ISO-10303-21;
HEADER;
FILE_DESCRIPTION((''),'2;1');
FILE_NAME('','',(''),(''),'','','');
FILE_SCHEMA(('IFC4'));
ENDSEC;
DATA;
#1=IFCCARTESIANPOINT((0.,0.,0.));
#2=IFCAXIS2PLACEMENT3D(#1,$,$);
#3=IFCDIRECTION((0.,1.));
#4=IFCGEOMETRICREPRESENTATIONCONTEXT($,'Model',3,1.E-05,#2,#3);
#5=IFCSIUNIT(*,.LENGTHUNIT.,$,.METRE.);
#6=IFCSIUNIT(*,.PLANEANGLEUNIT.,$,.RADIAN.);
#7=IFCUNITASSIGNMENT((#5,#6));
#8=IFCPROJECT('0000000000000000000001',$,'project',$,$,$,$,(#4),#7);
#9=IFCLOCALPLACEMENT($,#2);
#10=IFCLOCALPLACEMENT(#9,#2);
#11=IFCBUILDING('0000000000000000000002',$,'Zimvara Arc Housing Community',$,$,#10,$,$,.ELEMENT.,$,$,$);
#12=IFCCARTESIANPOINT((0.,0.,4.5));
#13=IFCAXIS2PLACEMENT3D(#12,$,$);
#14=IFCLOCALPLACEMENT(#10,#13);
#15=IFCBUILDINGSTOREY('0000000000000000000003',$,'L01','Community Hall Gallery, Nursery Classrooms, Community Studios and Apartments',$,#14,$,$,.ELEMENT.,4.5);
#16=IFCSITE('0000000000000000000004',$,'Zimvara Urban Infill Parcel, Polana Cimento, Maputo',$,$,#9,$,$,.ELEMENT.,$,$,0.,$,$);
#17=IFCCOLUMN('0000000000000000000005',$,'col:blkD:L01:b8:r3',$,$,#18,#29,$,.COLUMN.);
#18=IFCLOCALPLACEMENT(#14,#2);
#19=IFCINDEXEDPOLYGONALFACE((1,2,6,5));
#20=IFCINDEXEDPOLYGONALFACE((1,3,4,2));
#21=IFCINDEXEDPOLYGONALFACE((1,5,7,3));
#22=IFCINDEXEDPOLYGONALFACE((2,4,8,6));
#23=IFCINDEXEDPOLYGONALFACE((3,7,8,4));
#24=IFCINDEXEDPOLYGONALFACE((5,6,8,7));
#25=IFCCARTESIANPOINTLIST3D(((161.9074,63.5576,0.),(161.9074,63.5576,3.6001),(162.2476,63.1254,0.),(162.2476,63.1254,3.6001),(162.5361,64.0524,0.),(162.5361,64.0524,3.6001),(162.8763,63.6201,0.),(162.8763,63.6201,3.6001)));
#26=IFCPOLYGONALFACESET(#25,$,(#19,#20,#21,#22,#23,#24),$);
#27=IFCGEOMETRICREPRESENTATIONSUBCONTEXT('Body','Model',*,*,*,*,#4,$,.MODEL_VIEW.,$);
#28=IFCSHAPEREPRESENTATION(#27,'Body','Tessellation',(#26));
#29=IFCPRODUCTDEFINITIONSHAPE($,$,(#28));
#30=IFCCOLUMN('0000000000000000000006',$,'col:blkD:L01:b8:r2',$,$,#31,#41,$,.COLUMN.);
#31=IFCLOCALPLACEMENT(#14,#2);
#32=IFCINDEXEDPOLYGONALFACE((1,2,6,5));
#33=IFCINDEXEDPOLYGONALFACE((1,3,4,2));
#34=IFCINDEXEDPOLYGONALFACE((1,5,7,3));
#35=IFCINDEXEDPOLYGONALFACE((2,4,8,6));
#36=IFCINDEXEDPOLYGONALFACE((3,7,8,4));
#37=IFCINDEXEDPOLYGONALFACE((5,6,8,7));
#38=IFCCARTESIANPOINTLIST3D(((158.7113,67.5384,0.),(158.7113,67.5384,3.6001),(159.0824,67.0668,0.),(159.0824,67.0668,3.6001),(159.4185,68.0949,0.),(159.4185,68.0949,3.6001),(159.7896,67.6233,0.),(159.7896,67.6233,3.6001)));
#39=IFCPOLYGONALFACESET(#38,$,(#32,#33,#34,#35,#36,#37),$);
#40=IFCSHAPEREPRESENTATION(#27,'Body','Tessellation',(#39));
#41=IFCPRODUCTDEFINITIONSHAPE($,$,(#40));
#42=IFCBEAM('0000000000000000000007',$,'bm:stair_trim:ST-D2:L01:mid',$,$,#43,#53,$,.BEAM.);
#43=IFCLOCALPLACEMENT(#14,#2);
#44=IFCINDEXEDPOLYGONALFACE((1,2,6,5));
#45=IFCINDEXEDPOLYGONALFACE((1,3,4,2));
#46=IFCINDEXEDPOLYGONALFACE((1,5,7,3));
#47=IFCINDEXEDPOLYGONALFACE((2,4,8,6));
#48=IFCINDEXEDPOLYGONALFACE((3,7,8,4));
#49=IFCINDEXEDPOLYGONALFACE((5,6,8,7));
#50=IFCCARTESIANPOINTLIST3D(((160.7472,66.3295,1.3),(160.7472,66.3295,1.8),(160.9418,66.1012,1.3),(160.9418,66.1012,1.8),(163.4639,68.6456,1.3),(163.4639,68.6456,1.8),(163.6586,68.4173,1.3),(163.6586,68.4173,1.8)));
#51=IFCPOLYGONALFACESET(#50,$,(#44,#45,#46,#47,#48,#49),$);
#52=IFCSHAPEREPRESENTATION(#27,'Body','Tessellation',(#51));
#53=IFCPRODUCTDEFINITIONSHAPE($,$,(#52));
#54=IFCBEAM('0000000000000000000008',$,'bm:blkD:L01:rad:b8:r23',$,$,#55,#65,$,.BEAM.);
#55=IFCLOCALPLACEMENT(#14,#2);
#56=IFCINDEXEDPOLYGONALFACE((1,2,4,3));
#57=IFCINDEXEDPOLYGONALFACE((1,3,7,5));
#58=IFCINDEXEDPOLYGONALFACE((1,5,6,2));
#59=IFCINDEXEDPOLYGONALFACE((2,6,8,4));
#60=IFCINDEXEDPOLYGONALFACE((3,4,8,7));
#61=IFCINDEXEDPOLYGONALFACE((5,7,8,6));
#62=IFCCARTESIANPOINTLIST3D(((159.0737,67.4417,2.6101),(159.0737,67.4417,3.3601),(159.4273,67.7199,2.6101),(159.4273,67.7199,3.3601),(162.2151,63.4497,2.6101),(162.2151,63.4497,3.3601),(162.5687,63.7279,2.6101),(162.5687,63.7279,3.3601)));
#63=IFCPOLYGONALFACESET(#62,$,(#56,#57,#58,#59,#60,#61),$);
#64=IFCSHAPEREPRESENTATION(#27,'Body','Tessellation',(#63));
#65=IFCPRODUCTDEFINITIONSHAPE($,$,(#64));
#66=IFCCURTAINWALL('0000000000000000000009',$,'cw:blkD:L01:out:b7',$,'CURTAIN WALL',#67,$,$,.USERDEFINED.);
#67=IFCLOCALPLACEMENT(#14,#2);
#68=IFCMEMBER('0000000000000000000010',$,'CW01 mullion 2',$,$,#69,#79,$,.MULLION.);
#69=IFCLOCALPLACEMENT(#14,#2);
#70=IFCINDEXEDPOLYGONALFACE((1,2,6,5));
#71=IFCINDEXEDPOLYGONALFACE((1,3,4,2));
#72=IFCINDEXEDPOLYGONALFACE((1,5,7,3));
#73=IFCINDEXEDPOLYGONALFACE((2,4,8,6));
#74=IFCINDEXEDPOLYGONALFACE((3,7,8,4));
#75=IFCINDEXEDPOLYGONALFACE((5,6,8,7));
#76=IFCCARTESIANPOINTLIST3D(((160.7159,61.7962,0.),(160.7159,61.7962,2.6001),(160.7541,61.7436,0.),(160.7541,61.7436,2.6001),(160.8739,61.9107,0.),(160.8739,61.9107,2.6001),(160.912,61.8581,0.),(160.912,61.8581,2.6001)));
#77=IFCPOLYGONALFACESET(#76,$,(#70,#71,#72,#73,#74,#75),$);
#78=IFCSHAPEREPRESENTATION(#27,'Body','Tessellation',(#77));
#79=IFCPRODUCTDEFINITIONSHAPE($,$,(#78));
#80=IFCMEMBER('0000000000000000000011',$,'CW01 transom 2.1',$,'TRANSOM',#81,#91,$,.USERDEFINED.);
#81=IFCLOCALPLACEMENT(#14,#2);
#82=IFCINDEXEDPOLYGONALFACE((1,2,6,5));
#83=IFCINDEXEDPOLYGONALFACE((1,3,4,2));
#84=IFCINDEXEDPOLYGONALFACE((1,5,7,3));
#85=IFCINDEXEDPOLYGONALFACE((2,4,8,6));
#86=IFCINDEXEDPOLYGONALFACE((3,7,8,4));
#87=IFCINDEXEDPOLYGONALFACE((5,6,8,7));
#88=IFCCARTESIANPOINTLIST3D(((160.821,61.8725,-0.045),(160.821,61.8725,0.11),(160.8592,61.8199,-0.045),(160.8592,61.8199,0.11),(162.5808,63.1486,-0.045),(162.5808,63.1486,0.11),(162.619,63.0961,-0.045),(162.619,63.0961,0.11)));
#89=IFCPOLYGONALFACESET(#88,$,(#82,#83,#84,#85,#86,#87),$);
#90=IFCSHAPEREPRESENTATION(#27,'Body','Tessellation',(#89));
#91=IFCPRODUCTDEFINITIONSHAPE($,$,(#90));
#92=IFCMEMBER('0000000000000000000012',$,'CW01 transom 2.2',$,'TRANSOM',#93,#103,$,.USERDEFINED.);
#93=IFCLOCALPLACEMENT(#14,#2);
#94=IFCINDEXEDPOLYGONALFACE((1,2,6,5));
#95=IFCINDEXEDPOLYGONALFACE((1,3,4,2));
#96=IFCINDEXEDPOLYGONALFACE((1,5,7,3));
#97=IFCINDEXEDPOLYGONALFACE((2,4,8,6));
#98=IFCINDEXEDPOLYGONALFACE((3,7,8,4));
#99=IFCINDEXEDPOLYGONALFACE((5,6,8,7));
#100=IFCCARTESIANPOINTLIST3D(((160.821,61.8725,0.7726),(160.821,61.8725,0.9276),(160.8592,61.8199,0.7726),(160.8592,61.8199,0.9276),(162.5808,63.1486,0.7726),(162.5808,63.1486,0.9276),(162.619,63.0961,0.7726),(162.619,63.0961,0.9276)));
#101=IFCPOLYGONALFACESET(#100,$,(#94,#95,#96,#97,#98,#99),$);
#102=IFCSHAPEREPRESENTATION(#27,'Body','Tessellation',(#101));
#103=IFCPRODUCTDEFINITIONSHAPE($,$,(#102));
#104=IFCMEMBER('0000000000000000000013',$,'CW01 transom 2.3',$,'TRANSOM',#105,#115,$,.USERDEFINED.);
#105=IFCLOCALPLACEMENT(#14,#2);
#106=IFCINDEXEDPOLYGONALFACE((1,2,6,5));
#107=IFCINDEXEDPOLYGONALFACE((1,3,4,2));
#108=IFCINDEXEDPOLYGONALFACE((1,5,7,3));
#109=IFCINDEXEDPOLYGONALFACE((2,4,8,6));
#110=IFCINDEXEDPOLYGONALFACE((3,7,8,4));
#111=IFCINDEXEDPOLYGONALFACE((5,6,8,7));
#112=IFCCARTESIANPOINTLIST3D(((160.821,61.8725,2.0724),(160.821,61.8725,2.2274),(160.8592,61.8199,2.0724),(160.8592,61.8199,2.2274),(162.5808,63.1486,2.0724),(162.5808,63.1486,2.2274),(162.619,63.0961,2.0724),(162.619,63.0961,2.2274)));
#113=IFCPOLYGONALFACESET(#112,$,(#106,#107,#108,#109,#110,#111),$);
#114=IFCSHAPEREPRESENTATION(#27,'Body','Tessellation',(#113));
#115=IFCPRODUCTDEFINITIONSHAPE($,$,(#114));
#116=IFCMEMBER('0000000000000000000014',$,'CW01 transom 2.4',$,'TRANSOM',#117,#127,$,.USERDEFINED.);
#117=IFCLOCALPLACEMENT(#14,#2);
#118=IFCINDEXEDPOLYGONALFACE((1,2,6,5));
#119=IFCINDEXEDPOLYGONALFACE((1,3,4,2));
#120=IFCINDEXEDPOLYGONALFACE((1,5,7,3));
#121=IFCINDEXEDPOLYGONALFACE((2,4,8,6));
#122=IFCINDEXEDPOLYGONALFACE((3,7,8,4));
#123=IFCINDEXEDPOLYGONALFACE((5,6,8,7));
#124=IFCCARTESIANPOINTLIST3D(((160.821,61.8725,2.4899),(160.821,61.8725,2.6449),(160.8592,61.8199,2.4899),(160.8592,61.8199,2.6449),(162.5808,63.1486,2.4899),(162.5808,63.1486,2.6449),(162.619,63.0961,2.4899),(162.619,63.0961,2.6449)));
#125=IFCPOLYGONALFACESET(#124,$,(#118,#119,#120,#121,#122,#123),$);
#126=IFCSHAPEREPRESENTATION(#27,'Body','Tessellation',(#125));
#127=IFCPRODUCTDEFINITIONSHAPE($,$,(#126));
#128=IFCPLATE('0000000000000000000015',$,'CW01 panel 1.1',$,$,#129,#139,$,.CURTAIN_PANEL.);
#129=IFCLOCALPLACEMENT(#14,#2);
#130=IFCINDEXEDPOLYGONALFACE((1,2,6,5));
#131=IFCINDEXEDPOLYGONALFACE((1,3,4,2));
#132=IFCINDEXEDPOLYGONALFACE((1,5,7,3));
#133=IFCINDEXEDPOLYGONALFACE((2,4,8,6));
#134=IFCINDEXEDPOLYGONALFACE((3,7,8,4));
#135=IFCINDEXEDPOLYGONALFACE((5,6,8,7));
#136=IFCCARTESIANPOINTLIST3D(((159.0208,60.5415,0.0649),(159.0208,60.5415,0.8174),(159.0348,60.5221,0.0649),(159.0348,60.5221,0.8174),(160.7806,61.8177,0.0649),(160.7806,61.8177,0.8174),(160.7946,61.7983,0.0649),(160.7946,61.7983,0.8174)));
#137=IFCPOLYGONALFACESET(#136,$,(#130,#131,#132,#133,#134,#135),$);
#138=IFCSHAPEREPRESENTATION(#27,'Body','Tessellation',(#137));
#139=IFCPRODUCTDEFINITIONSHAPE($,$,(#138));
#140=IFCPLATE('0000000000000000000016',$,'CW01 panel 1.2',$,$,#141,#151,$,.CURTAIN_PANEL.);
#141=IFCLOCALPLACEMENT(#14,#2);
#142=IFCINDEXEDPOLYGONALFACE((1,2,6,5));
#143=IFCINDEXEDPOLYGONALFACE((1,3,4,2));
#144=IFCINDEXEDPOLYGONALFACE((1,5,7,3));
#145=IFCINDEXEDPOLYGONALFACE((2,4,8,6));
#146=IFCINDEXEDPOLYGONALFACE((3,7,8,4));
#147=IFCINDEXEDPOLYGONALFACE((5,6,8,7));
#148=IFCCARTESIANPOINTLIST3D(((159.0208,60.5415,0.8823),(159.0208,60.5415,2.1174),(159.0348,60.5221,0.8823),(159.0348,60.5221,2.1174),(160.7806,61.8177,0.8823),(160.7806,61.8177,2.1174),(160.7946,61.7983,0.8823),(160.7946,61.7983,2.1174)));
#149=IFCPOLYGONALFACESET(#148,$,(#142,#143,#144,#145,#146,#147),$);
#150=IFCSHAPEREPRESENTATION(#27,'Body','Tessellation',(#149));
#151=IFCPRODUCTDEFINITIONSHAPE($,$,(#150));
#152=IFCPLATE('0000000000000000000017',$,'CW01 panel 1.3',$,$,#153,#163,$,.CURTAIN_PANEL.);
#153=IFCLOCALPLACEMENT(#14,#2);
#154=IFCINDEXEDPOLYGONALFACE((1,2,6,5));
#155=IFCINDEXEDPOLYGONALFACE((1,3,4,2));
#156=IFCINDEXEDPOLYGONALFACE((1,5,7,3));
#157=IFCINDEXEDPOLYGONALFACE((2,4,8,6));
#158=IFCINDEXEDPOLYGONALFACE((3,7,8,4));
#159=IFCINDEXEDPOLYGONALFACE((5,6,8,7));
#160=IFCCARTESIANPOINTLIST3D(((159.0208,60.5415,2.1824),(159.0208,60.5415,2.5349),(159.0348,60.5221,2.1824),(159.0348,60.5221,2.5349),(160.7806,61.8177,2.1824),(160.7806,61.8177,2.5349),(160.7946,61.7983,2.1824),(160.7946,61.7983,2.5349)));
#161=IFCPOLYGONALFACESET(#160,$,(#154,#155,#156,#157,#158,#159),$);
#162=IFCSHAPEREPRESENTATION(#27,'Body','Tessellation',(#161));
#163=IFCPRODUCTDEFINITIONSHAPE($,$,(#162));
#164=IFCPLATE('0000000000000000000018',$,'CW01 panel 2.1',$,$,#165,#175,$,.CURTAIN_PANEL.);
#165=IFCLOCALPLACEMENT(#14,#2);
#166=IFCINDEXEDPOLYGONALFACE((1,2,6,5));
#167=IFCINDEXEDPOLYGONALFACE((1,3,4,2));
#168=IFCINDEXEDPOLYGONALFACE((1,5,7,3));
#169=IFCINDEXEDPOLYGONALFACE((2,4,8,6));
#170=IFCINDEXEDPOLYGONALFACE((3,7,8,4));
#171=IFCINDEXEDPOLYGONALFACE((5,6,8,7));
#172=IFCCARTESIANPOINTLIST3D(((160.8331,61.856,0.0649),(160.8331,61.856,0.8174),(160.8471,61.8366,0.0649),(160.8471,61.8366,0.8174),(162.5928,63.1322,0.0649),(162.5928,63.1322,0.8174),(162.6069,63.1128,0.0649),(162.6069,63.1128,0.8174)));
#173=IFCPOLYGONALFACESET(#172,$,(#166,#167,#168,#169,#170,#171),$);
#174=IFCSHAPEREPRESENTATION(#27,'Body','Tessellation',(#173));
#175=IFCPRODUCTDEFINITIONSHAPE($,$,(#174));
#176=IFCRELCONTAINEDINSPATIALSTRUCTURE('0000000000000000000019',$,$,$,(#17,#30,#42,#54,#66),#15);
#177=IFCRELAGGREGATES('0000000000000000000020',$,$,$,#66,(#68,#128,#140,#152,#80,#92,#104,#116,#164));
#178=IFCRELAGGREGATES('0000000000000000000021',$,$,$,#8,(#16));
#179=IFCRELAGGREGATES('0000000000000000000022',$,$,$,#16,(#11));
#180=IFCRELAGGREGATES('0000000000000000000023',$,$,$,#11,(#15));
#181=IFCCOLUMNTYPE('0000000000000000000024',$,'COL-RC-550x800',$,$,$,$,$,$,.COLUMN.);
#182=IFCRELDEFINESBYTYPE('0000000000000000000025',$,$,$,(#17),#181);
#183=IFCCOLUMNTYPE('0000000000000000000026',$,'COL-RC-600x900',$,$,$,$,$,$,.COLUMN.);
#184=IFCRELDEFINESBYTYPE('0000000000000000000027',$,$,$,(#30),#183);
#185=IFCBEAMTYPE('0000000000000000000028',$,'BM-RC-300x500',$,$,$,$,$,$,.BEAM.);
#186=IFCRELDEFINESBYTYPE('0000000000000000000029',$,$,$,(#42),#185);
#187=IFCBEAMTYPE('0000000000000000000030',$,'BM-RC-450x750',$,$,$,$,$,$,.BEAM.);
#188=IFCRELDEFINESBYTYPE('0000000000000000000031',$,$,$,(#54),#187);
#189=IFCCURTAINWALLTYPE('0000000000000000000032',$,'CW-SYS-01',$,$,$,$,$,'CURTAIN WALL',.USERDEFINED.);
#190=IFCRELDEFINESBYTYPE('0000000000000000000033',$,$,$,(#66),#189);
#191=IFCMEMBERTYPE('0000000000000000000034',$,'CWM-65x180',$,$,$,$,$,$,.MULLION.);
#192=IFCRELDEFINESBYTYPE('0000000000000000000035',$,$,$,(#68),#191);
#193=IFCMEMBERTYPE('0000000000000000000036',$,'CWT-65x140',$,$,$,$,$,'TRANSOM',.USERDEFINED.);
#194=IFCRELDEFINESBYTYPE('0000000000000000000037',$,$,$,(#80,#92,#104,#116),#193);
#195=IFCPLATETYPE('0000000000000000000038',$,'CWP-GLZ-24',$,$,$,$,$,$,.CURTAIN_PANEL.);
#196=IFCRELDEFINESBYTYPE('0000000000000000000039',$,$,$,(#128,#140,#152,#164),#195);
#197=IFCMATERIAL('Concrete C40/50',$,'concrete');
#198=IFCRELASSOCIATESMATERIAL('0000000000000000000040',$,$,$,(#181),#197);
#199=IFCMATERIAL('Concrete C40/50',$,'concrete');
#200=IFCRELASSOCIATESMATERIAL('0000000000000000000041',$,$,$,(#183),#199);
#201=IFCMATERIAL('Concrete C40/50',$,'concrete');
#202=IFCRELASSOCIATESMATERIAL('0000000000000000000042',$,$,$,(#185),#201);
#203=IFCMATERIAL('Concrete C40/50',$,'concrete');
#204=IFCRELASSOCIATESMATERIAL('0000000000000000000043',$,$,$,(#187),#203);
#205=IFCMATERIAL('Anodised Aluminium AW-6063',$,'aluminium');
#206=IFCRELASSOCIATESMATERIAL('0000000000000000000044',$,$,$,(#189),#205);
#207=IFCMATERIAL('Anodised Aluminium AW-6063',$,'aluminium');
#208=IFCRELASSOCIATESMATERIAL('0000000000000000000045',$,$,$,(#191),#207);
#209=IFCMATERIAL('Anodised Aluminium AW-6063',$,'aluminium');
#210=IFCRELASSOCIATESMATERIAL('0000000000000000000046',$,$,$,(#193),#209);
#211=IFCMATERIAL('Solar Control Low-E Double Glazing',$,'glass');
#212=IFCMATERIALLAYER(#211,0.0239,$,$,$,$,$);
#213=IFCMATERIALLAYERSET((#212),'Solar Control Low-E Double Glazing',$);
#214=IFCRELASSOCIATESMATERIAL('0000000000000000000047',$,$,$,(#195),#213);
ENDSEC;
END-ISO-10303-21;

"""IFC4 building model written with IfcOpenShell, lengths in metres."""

from ifc_helpers import new_model, si_unit, direction, frame, origin, origin_2d, place, context, subcontext, project, spatial, rectangle, extrude, material, layer, layer_set, material_profile, profile_set, type_object, element, aggregate, save


model = new_model("IFC4")

# Units and contexts
model_context = context("Model", 3, precision=1e-05, world=origin(), true_north=direction((0.0, 1.0)))
body_context = subcontext(model_context, "Body", "Model", "MODEL_VIEW")
ifc_project = project(units=[si_unit("LENGTHUNIT", "METRE"), si_unit("PLANEANGLEUNIT", "RADIAN")], contexts=[model_context])

# Site, building, storey
site_placement = place(None, origin())
site = spatial("IfcSite", under=ifc_project, at=site_placement, Name="Zimvara Urban Infill Parcel, Polana Cimento, Maputo", CompositionType="ELEMENT", RefElevation=0.0)
building_placement = place(site_placement, origin())
building = spatial("IfcBuilding", under=site, at=building_placement, Name="Zimvara Arc Housing Community", CompositionType="ELEMENT")
storey_placement = place(building_placement, frame((0.0, 0.0, 4.5)))
storey = spatial("IfcBuildingStorey", under=building, at=storey_placement, Name="L01", Description="Community Hall Gallery, Nursery Classrooms, Community Studios and Apartments", CompositionType="ELEMENT", Elevation=4.5)

# Columns
ifc_material_1 = material(Name="Concrete C40/50", Category="concrete")
ifc_material_profile_1 = material_profile(ifc_material_1, rectangle(XDim=0.55, YDim=0.8, at=origin_2d()), Name="RC 550x800")
ifc_profile_set_1 = profile_set([ifc_material_profile_1], Name="Concrete C40/50")
column_type_1 = type_object("IfcColumnType", Name="COL-RC-550x800", PredefinedType="COLUMN", material=ifc_profile_set_1)
column_1_placement = place(storey_placement, frame((162.3918, 63.5889, 0.0), z_axis=(0.0, 0.0, 1.0), x_axis=(0.618408, -0.785857, 0.0)))
element("IfcColumn", 1, at=column_1_placement, inside=storey, type_object=column_type_1, Name="col:blkD:L01:b8:r3", PredefinedType="COLUMN", context=body_context, shape_type="SweptSolid", body=[
    extrude(rectangle(XDim=0.55, YDim=0.8, at=origin_2d()), origin(), (0.0, 0.0, 1.0), 3.6001),
])
ifc_material_2 = material(Name="Concrete C40/50", Category="concrete")
ifc_material_profile_2 = material_profile(ifc_material_2, rectangle(XDim=0.6001, YDim=0.8999, at=origin_2d()), Name="RC 600x900")
ifc_profile_set_2 = profile_set([ifc_material_profile_2], Name="Concrete C40/50")
column_type_2 = type_object("IfcColumnType", Name="COL-RC-600x900", PredefinedType="COLUMN", material=ifc_profile_set_2)
column_2_placement = place(storey_placement, frame((159.2505, 67.5808, 0.0), z_axis=(0.0, 0.0, 1.0), x_axis=(0.618408, -0.785857, 0.0)))
element("IfcColumn", 2, at=column_2_placement, inside=storey, type_object=column_type_2, Name="col:blkD:L01:b8:r2", PredefinedType="COLUMN", context=body_context, shape_type="SweptSolid", body=[
    extrude(rectangle(XDim=0.6001, YDim=0.8999, at=origin_2d()), origin(), (0.0, 0.0, 1.0), 3.6001),
])

# Beams
ifc_material_3 = material(Name="Concrete C40/50", Category="concrete")
ifc_material_profile_3 = material_profile(ifc_material_3, rectangle(XDim=0.3, YDim=0.5, at=origin_2d()), Name="RC 300x500")
ifc_profile_set_3 = profile_set([ifc_material_profile_3], Name="Concrete C40/50")
beam_type_1 = type_object("IfcBeamType", Name="BM-RC-300x500", PredefinedType="BEAM", material=ifc_profile_set_3)
beam_1_placement = place(storey_placement, frame((160.8445, 66.2153, 1.55), z_axis=(0.760987, 0.648767, 0.0), x_axis=(-0.648767, 0.760987, 0.0)))
element("IfcBeam", 3, at=beam_1_placement, inside=storey, type_object=beam_type_1, Name="bm:stair_trim:ST-D2:L01:mid", PredefinedType="BEAM", context=body_context, shape_type="SweptSolid", body=[
    extrude(rectangle(XDim=0.3, YDim=0.5, at=origin_2d()), origin(), (0.0, 0.0, 1.0), 3.5701),
])
ifc_material_4 = material(Name="Concrete C40/50", Category="concrete")
ifc_material_profile_4 = material_profile(ifc_material_4, rectangle(XDim=0.45, YDim=0.75, at=origin_2d()), Name="RC 450x750")
ifc_profile_set_4 = profile_set([ifc_material_profile_4], Name="Concrete C40/50")
beam_type_2 = type_object("IfcBeamType", Name="BM-RC-450x750", PredefinedType="BEAM", material=ifc_profile_set_4)
beam_2_placement = place(storey_placement, frame((159.2505, 67.5808, 2.9851), z_axis=(0.618409, -0.785856, 0.0), x_axis=(0.785856, 0.618409, 0.0)))
element("IfcBeam", 4, at=beam_2_placement, inside=storey, type_object=beam_type_2, Name="bm:blkD:L01:rad:b8:r23", PredefinedType="BEAM", context=body_context, shape_type="SweptSolid", body=[
    extrude(rectangle(XDim=0.45, YDim=0.75, at=origin_2d()), origin(), (0.0, 0.0, 1.0), 5.0798),
])

# Curtain wall, members, plates
ifc_material_5 = material(Name="Anodised Aluminium AW-6063", Category="aluminium")
curtain_wall_type = type_object("IfcCurtainWallType", Name="CW-SYS-01", ElementType="CURTAIN WALL", PredefinedType="USERDEFINED", material=ifc_material_5)
curtain_wall_placement = place(storey_placement, origin())
curtain_wall = element("IfcCurtainWall", 5, at=curtain_wall_placement, inside=storey, type_object=curtain_wall_type, Name="cw:blkD:L01:out:b7", ObjectType="CURTAIN WALL", PredefinedType="USERDEFINED")
ifc_material_6 = material(Name="Anodised Aluminium AW-6063", Category="aluminium")
ifc_material_profile_5 = material_profile(ifc_material_6, rectangle(XDim=0.0649, YDim=0.1951, at=origin_2d()), Name="ALU 65x195")
ifc_profile_set_5 = profile_set([ifc_material_profile_5], Name="Anodised Aluminium AW-6063")
member_type_1 = type_object("IfcMemberType", Name="CWM-65x180", PredefinedType="MULLION", material=ifc_profile_set_5)
member_1_placement = place(storey_placement, frame((160.814, 61.8271, 0.0), z_axis=(0.0, 0.0, 1.0), x_axis=(-0.587078, 0.80953, 0.0)))
member_1 = element("IfcMember", 6, at=member_1_placement, type_object=member_type_1, Name="CW01 mullion 2", PredefinedType="MULLION", context=body_context, shape_type="SweptSolid", body=[
    extrude(rectangle(XDim=0.0649, YDim=0.1951, at=origin_2d()), origin(), (0.0, 0.0, 1.0), 2.6001),
])
ifc_material_7 = material(Name="Anodised Aluminium AW-6063", Category="aluminium")
ifc_material_profile_6 = material_profile(ifc_material_7, rectangle(XDim=0.0649, YDim=0.155, at=origin_2d()), Name="ALU 65x155")
ifc_profile_set_6 = profile_set([ifc_material_profile_6], Name="Anodised Aluminium AW-6063")
member_type_2 = type_object("IfcMemberType", Name="CWT-65x140", ElementType="TRANSOM", PredefinedType="USERDEFINED", material=ifc_profile_set_6)
member_2_placement = place(storey_placement, frame((160.8401, 61.8462, 0.0325), z_axis=(0.809546, 0.587056, 0.0), x_axis=(-0.587056, 0.809546, 0.0)))
member_2 = element("IfcMember", 7, at=member_2_placement, type_object=member_type_2, Name="CW01 transom 2.1", ObjectType="TRANSOM", PredefinedType="USERDEFINED", context=body_context, shape_type="SweptSolid", body=[
    extrude(rectangle(XDim=0.0649, YDim=0.155, at=origin_2d()), origin(), (0.0, 0.0, 1.0), 2.1738),
])
member_3_placement = place(storey_placement, frame((160.8401, 61.8462, 0.8501), z_axis=(0.809546, 0.587056, 0.0), x_axis=(-0.587056, 0.809546, 0.0)))
member_3 = element("IfcMember", 8, at=member_3_placement, type_object=member_type_2, Name="CW01 transom 2.2", ObjectType="TRANSOM", PredefinedType="USERDEFINED", context=body_context, shape_type="SweptSolid", body=[
    extrude(rectangle(XDim=0.0649, YDim=0.155, at=origin_2d()), origin(), (0.0, 0.0, 1.0), 2.1738),
])
member_4_placement = place(storey_placement, frame((160.8401, 61.8462, 2.1499), z_axis=(0.809546, 0.587056, 0.0), x_axis=(-0.587056, 0.809546, 0.0)))
member_4 = element("IfcMember", 9, at=member_4_placement, type_object=member_type_2, Name="CW01 transom 2.3", ObjectType="TRANSOM", PredefinedType="USERDEFINED", context=body_context, shape_type="SweptSolid", body=[
    extrude(rectangle(XDim=0.0649, YDim=0.155, at=origin_2d()), origin(), (0.0, 0.0, 1.0), 2.1738),
])
member_5_placement = place(storey_placement, frame((160.8401, 61.8462, 2.5674), z_axis=(0.809546, 0.587056, 0.0), x_axis=(-0.587056, 0.809546, 0.0)))
member_5 = element("IfcMember", 10, at=member_5_placement, type_object=member_type_2, Name="CW01 transom 2.4", ObjectType="TRANSOM", PredefinedType="USERDEFINED", context=body_context, shape_type="SweptSolid", body=[
    extrude(rectangle(XDim=0.0649, YDim=0.155, at=origin_2d()), origin(), (0.0, 0.0, 1.0), 2.1738),
])
ifc_material_8 = material(Name="Solar Control Low-E Double Glazing", Category="glass")
ifc_layer_1 = layer(ifc_material_8, 0.0239)
ifc_layer_set_1 = layer_set([ifc_layer_1], Name="Solar Control Low-E Double Glazing")
plate_type = type_object("IfcPlateType", Name="CWP-GLZ-24", PredefinedType="CURTAIN_PANEL", material=ifc_layer_set_1)
plate_1_placement = place(storey_placement, frame((159.9077, 61.1699, 0.0649), z_axis=(0.0, 0.0, 1.0), x_axis=(0.80953, 0.587078, 0.0)))
plate_1 = element("IfcPlate", 11, at=plate_1_placement, type_object=plate_type, Name="CW01 panel 1.1", PredefinedType="CURTAIN_PANEL", context=body_context, shape_type="SweptSolid", body=[
    extrude(rectangle(XDim=2.1738, YDim=0.0239, at=origin_2d()), origin(), (0.0, 0.0, 1.0), 0.7524),
])
plate_2_placement = place(storey_placement, frame((159.9077, 61.1699, 0.8823), z_axis=(0.0, 0.0, 1.0), x_axis=(0.80953, 0.587078, 0.0)))
plate_2 = element("IfcPlate", 12, at=plate_2_placement, type_object=plate_type, Name="CW01 panel 1.2", PredefinedType="CURTAIN_PANEL", context=body_context, shape_type="SweptSolid", body=[
    extrude(rectangle(XDim=2.1738, YDim=0.0239, at=origin_2d()), origin(), (0.0, 0.0, 1.0), 1.2351),
])
plate_3_placement = place(storey_placement, frame((159.9077, 61.1699, 2.1824), z_axis=(0.0, 0.0, 1.0), x_axis=(0.80953, 0.587078, 0.0)))
plate_3 = element("IfcPlate", 13, at=plate_3_placement, type_object=plate_type, Name="CW01 panel 1.3", PredefinedType="CURTAIN_PANEL", context=body_context, shape_type="SweptSolid", body=[
    extrude(rectangle(XDim=2.1738, YDim=0.0239, at=origin_2d()), origin(), (0.0, 0.0, 1.0), 0.3525),
])
plate_4_placement = place(storey_placement, frame((161.72, 62.4844, 0.0649), z_axis=(0.0, 0.0, 1.0), x_axis=(0.80953, 0.587078, 0.0)))
plate_4 = element("IfcPlate", 14, at=plate_4_placement, type_object=plate_type, Name="CW01 panel 2.1", PredefinedType="CURTAIN_PANEL", context=body_context, shape_type="SweptSolid", body=[
    extrude(rectangle(XDim=2.1738, YDim=0.0239, at=origin_2d()), origin(), (0.0, 0.0, 1.0), 0.7524),
])
aggregate(curtain_wall, [member_1, plate_1, plate_2, plate_3, member_2, member_3, member_4, member_5, plate_4])

save(model, "model.ifc")
